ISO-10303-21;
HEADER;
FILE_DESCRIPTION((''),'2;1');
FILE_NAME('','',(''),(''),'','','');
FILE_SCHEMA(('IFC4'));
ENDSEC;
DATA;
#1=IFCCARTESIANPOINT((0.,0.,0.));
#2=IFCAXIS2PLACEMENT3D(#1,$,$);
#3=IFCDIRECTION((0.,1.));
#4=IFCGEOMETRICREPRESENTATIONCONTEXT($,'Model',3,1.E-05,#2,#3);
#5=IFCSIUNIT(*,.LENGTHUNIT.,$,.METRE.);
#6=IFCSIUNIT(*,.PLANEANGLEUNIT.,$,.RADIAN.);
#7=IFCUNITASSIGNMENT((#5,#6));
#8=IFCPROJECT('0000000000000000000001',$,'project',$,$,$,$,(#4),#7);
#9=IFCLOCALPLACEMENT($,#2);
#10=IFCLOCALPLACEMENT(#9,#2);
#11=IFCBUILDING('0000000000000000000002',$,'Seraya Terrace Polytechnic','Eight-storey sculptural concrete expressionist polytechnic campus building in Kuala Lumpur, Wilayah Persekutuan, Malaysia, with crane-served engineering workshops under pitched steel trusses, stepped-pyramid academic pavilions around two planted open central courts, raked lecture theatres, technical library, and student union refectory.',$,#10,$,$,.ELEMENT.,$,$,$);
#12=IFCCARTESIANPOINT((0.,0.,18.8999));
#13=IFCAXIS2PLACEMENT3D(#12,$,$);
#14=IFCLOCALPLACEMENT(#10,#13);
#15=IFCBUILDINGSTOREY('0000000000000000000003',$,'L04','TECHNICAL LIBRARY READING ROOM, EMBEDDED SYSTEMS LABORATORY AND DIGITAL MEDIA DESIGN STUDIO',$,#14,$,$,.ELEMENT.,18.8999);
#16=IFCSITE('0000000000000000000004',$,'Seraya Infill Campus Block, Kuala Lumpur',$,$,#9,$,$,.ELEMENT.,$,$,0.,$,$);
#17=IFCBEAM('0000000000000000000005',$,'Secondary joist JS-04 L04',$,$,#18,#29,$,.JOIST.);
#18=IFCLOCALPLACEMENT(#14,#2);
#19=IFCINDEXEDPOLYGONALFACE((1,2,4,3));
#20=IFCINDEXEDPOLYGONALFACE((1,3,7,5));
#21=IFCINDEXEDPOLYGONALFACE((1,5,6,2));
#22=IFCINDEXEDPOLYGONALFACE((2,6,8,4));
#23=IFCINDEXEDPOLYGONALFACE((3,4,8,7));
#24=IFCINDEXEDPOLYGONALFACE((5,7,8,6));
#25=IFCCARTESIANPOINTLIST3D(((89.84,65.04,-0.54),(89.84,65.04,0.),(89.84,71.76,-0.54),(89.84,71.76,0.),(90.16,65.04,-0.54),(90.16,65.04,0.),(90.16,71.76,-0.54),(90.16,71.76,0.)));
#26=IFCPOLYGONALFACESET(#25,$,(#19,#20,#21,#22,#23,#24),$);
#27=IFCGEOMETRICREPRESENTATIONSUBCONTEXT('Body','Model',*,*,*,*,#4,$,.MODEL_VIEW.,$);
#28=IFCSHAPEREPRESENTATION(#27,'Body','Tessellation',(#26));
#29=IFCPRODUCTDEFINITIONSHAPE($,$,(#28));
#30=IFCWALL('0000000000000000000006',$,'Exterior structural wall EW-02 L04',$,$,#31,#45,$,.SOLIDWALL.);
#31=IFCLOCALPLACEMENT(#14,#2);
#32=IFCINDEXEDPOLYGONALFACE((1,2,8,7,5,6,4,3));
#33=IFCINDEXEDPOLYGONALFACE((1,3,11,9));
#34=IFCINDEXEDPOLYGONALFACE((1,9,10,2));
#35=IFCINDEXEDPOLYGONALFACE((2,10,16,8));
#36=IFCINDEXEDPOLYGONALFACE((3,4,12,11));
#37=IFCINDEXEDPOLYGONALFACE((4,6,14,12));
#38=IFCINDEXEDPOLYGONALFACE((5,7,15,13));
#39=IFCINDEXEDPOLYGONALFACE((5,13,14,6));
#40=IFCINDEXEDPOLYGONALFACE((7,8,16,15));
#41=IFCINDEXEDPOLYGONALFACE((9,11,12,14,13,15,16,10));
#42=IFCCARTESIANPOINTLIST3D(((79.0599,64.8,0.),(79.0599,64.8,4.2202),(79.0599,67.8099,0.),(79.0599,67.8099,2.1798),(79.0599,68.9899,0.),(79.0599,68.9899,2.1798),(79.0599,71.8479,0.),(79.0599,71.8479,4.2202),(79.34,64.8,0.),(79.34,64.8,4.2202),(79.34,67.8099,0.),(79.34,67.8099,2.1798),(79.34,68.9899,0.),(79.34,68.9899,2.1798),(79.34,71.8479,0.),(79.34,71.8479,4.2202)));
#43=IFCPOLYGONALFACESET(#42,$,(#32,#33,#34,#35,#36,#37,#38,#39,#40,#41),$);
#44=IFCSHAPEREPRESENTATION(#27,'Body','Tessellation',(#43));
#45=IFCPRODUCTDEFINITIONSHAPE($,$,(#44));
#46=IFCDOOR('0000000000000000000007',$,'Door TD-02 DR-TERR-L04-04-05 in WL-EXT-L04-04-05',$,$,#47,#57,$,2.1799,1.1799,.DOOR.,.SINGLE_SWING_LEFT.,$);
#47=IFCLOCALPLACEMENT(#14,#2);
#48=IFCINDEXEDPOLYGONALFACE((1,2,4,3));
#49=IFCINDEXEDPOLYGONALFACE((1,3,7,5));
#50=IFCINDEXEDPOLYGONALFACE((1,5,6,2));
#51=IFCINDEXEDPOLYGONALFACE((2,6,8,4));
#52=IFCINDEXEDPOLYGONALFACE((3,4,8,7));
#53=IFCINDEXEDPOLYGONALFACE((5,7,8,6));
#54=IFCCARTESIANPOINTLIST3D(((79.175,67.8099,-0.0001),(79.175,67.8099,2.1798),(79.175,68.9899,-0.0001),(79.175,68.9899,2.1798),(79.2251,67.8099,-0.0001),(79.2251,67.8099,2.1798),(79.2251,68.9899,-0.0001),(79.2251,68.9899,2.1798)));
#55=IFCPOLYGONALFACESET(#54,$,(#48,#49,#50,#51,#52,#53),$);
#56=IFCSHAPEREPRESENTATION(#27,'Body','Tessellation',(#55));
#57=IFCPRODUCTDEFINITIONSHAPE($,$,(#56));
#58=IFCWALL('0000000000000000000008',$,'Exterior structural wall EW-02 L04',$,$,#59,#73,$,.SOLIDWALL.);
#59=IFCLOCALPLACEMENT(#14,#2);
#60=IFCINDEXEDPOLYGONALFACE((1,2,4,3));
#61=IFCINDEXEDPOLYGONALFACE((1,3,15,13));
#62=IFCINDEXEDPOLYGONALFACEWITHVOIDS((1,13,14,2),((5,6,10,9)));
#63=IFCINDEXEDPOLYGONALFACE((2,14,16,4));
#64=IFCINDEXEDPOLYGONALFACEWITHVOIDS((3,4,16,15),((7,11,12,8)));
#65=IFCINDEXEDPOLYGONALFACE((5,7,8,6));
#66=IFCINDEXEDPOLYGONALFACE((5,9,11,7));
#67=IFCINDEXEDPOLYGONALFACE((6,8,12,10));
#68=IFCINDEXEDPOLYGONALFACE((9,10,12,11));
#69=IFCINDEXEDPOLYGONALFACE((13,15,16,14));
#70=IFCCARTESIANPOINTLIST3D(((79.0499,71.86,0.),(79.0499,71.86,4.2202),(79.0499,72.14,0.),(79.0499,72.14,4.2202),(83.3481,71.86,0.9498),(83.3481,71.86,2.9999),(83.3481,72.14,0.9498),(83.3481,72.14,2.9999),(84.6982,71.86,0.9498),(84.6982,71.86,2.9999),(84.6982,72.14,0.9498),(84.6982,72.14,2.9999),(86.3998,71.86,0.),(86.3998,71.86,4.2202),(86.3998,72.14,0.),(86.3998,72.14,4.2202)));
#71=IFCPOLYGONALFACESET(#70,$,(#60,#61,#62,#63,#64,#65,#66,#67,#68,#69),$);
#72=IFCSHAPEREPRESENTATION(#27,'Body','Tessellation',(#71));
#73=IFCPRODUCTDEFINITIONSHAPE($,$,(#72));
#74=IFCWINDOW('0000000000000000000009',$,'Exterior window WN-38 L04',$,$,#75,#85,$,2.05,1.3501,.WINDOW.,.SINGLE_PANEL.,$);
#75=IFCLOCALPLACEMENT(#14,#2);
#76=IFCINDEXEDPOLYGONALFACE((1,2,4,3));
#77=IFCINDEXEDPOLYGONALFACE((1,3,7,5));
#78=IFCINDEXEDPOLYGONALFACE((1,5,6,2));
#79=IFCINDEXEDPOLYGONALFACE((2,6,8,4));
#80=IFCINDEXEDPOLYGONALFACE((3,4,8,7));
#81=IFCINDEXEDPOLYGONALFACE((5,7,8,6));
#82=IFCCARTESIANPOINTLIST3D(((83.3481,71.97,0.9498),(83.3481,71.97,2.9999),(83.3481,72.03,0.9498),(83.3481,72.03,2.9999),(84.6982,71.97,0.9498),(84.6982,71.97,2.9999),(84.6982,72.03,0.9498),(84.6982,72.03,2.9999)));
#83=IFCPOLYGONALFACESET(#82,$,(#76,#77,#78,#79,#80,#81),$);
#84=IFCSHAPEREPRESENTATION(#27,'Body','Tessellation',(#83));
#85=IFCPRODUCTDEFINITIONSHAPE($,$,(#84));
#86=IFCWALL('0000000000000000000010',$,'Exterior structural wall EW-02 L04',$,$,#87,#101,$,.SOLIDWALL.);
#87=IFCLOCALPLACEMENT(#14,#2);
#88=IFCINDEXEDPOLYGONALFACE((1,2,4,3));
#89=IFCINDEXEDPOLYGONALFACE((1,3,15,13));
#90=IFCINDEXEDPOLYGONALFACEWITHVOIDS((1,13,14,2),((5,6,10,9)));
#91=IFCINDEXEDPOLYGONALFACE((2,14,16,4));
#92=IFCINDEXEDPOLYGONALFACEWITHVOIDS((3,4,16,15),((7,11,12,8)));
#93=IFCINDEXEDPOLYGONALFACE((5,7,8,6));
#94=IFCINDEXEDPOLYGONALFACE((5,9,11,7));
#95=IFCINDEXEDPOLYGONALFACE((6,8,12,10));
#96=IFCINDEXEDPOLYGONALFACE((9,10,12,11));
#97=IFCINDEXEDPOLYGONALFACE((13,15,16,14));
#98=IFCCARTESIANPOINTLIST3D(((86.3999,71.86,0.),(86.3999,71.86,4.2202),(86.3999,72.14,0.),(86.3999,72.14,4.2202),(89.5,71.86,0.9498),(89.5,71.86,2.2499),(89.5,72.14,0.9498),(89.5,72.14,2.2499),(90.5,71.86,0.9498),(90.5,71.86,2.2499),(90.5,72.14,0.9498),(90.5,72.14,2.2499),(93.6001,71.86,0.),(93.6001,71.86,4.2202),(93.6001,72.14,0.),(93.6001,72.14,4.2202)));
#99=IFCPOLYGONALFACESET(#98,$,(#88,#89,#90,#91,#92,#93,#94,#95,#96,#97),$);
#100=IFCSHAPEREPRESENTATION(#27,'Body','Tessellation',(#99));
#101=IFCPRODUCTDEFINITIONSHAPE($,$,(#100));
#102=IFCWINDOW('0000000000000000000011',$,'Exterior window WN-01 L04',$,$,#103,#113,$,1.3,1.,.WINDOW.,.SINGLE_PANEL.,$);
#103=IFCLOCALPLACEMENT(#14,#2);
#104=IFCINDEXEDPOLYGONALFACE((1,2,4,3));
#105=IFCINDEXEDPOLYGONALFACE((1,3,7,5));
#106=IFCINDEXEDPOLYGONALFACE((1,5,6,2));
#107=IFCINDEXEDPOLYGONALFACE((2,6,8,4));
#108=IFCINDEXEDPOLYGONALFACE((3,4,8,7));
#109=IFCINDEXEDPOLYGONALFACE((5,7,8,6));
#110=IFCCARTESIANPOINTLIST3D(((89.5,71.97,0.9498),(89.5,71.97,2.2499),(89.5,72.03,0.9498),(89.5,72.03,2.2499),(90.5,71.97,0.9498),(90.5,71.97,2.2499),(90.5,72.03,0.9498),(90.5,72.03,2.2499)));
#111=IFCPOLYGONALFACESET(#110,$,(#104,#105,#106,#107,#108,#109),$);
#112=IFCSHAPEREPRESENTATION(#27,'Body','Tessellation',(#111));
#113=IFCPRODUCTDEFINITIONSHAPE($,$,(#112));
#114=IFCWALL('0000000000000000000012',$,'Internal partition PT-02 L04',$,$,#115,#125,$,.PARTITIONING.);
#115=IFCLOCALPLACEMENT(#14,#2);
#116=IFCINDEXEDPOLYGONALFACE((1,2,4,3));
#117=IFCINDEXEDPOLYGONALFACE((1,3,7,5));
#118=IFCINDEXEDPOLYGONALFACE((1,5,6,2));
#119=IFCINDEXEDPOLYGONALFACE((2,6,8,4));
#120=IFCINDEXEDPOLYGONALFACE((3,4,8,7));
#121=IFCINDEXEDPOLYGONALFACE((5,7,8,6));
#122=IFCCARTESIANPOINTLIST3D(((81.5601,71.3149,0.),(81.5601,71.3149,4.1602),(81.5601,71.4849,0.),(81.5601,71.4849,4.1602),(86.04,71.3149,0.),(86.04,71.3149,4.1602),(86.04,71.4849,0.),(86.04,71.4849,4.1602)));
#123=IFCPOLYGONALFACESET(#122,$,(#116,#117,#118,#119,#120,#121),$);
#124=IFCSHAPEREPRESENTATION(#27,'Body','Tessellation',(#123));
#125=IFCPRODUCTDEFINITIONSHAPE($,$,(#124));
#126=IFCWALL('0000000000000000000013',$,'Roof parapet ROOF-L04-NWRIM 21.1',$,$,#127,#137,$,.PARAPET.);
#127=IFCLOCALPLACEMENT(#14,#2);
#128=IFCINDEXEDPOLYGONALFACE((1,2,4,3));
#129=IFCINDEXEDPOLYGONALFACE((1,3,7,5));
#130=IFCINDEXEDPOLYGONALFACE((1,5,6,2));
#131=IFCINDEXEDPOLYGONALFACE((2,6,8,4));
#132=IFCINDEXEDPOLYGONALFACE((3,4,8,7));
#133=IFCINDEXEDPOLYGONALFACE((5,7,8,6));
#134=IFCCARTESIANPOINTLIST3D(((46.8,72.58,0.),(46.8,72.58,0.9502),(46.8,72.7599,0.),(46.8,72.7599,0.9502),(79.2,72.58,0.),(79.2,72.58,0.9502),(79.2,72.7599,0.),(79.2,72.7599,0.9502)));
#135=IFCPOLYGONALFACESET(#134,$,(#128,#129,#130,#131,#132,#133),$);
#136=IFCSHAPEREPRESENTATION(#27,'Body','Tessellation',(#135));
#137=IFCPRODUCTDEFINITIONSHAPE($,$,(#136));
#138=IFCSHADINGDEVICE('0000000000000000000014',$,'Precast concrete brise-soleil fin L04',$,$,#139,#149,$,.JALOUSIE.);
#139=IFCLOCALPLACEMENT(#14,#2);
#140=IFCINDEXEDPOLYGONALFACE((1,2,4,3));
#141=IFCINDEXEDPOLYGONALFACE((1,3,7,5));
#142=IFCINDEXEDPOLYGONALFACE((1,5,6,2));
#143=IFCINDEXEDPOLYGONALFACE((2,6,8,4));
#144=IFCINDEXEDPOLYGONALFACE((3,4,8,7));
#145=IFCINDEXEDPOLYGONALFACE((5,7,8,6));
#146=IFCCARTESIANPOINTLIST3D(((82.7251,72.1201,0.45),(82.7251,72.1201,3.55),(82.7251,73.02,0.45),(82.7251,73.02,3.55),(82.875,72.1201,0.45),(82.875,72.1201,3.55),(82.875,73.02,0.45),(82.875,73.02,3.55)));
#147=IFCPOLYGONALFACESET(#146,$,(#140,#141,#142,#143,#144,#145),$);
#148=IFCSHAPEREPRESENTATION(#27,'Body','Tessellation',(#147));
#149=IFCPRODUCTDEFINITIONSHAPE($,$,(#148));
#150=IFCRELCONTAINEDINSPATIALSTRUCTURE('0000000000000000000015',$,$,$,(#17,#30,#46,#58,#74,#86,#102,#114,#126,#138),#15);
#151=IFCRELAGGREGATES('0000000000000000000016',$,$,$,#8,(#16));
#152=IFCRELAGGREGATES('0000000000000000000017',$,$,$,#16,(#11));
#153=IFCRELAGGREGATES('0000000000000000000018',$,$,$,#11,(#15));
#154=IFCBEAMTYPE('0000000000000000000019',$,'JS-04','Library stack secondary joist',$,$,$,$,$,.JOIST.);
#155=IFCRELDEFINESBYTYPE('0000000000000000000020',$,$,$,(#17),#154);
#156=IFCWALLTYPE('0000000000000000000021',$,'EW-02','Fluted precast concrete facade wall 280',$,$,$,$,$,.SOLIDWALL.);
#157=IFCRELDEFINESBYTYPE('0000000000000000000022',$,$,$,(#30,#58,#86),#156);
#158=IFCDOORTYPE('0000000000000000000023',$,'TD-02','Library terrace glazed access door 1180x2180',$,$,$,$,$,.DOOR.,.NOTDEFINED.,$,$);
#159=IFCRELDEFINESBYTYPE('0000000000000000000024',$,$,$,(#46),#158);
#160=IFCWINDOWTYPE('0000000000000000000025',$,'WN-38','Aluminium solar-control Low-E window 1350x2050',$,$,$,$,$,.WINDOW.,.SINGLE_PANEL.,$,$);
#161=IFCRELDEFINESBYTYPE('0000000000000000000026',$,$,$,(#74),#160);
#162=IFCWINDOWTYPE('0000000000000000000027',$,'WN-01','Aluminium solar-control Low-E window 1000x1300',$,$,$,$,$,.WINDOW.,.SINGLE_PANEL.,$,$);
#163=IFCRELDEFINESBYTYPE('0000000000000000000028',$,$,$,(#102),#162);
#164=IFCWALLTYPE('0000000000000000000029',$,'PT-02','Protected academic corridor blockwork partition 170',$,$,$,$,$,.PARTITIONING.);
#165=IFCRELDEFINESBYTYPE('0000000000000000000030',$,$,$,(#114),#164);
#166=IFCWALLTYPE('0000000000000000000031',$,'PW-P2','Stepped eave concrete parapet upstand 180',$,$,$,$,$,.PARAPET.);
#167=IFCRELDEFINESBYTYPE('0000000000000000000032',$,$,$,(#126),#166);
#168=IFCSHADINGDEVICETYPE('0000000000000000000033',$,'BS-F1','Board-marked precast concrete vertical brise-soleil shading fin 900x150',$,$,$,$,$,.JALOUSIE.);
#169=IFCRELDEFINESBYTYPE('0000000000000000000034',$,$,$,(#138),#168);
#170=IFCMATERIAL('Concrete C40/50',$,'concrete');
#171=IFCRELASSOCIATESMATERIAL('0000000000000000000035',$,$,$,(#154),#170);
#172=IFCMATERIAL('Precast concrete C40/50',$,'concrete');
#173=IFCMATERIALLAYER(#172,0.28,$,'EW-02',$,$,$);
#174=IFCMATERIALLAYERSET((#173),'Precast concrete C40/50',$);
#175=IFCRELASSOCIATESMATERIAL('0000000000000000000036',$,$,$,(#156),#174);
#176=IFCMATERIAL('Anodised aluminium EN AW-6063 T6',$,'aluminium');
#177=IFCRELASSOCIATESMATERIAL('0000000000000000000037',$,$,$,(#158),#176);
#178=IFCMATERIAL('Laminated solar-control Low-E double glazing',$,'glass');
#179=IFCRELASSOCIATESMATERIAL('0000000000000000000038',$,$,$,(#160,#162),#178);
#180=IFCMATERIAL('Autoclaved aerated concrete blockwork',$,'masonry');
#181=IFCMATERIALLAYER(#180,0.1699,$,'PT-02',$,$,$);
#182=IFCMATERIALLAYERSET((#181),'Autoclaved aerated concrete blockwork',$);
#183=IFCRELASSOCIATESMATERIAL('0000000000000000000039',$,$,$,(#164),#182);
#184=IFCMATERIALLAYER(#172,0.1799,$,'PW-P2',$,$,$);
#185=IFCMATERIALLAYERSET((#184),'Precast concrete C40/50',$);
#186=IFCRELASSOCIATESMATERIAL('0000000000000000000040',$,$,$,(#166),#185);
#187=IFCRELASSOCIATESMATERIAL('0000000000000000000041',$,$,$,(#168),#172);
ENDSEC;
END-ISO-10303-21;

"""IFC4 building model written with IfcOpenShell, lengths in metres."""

from ifc_helpers import new_model, si_unit, direction, frame, frame_2d, origin, origin_2d, place, context, subcontext, project, spatial, rectangle, extrude, material, layer, layer_set, material_profile, profile_set, type_object, element, fill, save


model = new_model("IFC4")

# Units and contexts
model_context = context("Model", 3, precision=1e-05, world=origin(), true_north=direction((0.0, 1.0)))
body_context = subcontext(model_context, "Body", "Model", "MODEL_VIEW")
ifc_project = project(units=[si_unit("LENGTHUNIT", "METRE"), si_unit("PLANEANGLEUNIT", "RADIAN")], contexts=[model_context])

# Site, building, storey
site_placement = place(None, origin())
site = spatial("IfcSite", under=ifc_project, at=site_placement, Name="Seraya Infill Campus Block, Kuala Lumpur", CompositionType="ELEMENT", RefElevation=0.0)
building_placement = place(site_placement, origin())
building = spatial("IfcBuilding", under=site, at=building_placement, Name="Seraya Terrace Polytechnic", Description="Eight-storey sculptural concrete expressionist polytechnic campus building in Kuala Lumpur, Wilayah Persekutuan, Malaysia, with crane-served engineering workshops under pitched steel trusses, stepped-pyramid academic pavilions around two planted open central courts, raked lecture theatres, technical library, and student union refectory.", CompositionType="ELEMENT")
storey_placement = place(building_placement, frame((0.0, 0.0, 18.8999)))
storey = spatial("IfcBuildingStorey", under=building, at=storey_placement, Name="L04", Description="TECHNICAL LIBRARY READING ROOM, EMBEDDED SYSTEMS LABORATORY AND DIGITAL MEDIA DESIGN STUDIO", CompositionType="ELEMENT", Elevation=18.8999)

# Shared definitions
ifc_material_1 = material(Name="Concrete C40/50", Category="concrete")

# Beam
ifc_material_profile_1 = material_profile(ifc_material_1, rectangle(XDim=0.3201, YDim=0.54, at=origin_2d()), Name="RC 320x540")
ifc_profile_set_1 = profile_set([ifc_material_profile_1], Name="Concrete C40/50")
beam_type_1 = type_object("IfcBeamType", Name="JS-04", Description="Library stack secondary joist", PredefinedType="JOIST", material=ifc_profile_set_1)
beam_1_placement = place(storey_placement, frame((90.0, 65.04, -0.27), z_axis=(0.0, 1.0, 0.0), x_axis=(-1.0, 0.0, 0.0)))
element("IfcBeam", 1, at=beam_1_placement, inside=storey, type_object=beam_type_1, Name="Secondary joist JS-04 L04", PredefinedType="JOIST", context=body_context, shape_type="SweptSolid", body=[
    extrude(rectangle(XDim=0.3201, YDim=0.54, at=origin_2d()), origin(), (0.0, 0.0, 1.0), 6.72),
])

# Wall, opening, door
ifc_material_2 = material(Name="Precast concrete C40/50", Category="concrete")
ifc_layer_1 = layer(ifc_material_2, 0.28, Name="EW-02")
ifc_layer_set_1 = layer_set([ifc_layer_1], Name="Precast concrete C40/50")
wall_type_1 = type_object("IfcWallType", Name="EW-02", Description="Fluted precast concrete facade wall 280", PredefinedType="SOLIDWALL", material=ifc_layer_set_1)
wall_1_placement = place(storey_placement, frame((79.2, 64.8, 0.0), z_axis=(0.0, 0.0, 1.0), x_axis=(0.0, 1.0, 0.0)))
wall_1 = element("IfcWall", 2, at=wall_1_placement, inside=storey, type_object=wall_type_1, Name="Exterior structural wall EW-02 L04", PredefinedType="SOLIDWALL", context=body_context, shape_type="SweptSolid", body=[
    extrude(rectangle(XDim=7.0479, YDim=0.28, at=frame_2d((3.5239, 0.0))), origin(), (0.0, 0.0, 1.0), 4.2202),
])
opening_1_placement = place(wall_1_placement, frame((3.01, 0.0, 0.0)))
opening_1 = element("IfcOpeningElement", 3, at=opening_1_placement, cuts=wall_1, PredefinedType="OPENING", context=body_context, shape_type="SweptSolid", body=[
    extrude(rectangle(XDim=1.1799, YDim=2.1799, at=frame_2d((0.5898, 1.0898))), frame((0.0, 0.1519, 0.0), z_axis=(0.0, -1.0, 0.0), x_axis=(1.0, 0.0, 0.0)), (0.0, 0.0, 1.0), 0.304),
])
ifc_material_3 = material(Name="Anodised aluminium EN AW-6063 T6", Category="aluminium")
door_type = type_object("IfcDoorType", Name="TD-02", Description="Library terrace glazed access door 1180x2180", OperationType="NOTDEFINED", PredefinedType="DOOR", material=ifc_material_3)
door_placement = place(opening_1_placement, origin())
door = element("IfcDoor", 4, at=door_placement, inside=storey, type_object=door_type, Name="Door TD-02 DR-TERR-L04-04-05 in WL-EXT-L04-04-05", OperationType="SINGLE_SWING_LEFT", OverallHeight=2.1799, OverallWidth=1.1799, PredefinedType="DOOR", context=body_context, shape_type="SweptSolid", body=[
    extrude(rectangle(XDim=1.1799, YDim=2.1799, at=frame_2d((0.5898, 1.0898))), frame((0.0, 0.0249, 0.0), z_axis=(0.0, -1.0, 0.0), x_axis=(1.0, 0.0, 0.0)), (0.0, 0.0, 1.0), 0.05),
])
fill(opening_1, door)

# Walls, openings, windows
wall_2_placement = place(storey_placement, frame((79.05, 72.0, 0.0), z_axis=(0.0, 0.0, 1.0), x_axis=(1.0, 0.0, 0.0)))
wall_2 = element("IfcWall", 5, at=wall_2_placement, inside=storey, type_object=wall_type_1, Name="Exterior structural wall EW-02 L04", PredefinedType="SOLIDWALL", context=body_context, shape_type="SweptSolid", body=[
    extrude(rectangle(XDim=7.3499, YDim=0.28, at=frame_2d((3.6748, 0.0))), origin(), (0.0, 0.0, 1.0), 4.2202),
])
opening_2_placement = place(wall_2_placement, frame((4.2981, 0.0, 0.95)))
opening_2 = element("IfcOpeningElement", 6, at=opening_2_placement, cuts=wall_2, PredefinedType="OPENING", context=body_context, shape_type="SweptSolid", body=[
    extrude(rectangle(XDim=1.3501, YDim=2.05, at=frame_2d((0.675, 1.0249))), frame((0.0, 0.1519, 0.0), z_axis=(0.0, -1.0, 0.0), x_axis=(1.0, 0.0, 0.0)), (0.0, 0.0, 1.0), 0.304),
])
ifc_material_4 = material(Name="Laminated solar-control Low-E double glazing", Category="glass")
window_type_1 = type_object("IfcWindowType", Name="WN-38", Description="Aluminium solar-control Low-E window 1350x2050", PartitioningType="SINGLE_PANEL", PredefinedType="WINDOW", material=ifc_material_4)
window_1_placement = place(opening_2_placement, origin())
window_1 = element("IfcWindow", 7, at=window_1_placement, inside=storey, type_object=window_type_1, Name="Exterior window WN-38 L04", OverallHeight=2.05, OverallWidth=1.3501, PartitioningType="SINGLE_PANEL", PredefinedType="WINDOW", context=body_context, shape_type="SweptSolid", body=[
    extrude(rectangle(XDim=1.3501, YDim=2.05, at=frame_2d((0.675, 1.0249))), frame((0.0, 0.03, 0.0), z_axis=(0.0, -1.0, 0.0), x_axis=(1.0, 0.0, 0.0)), (0.0, 0.0, 1.0), 0.0601),
])
fill(opening_2, window_1)
wall_3_placement = place(storey_placement, frame((86.3999, 72.0, 0.0), z_axis=(0.0, 0.0, 1.0), x_axis=(1.0, 0.0, 0.0)))
wall_3 = element("IfcWall", 8, at=wall_3_placement, inside=storey, type_object=wall_type_1, Name="Exterior structural wall EW-02 L04", PredefinedType="SOLIDWALL", context=body_context, shape_type="SweptSolid", body=[
    extrude(rectangle(XDim=7.2002, YDim=0.28, at=frame_2d((3.6001, 0.0))), origin(), (0.0, 0.0, 1.0), 4.2202),
])
opening_3_placement = place(wall_3_placement, frame((3.1001, 0.0, 0.95)))
opening_3 = element("IfcOpeningElement", 9, at=opening_3_placement, cuts=wall_3, PredefinedType="OPENING", context=body_context, shape_type="SweptSolid", body=[
    extrude(rectangle(XDim=1.0, YDim=1.3, at=frame_2d((0.5, 0.6499))), frame((0.0, 0.1519, 0.0), z_axis=(0.0, -1.0, 0.0), x_axis=(1.0, 0.0, 0.0)), (0.0, 0.0, 1.0), 0.304),
])
window_type_2 = type_object("IfcWindowType", Name="WN-01", Description="Aluminium solar-control Low-E window 1000x1300", PartitioningType="SINGLE_PANEL", PredefinedType="WINDOW", material=ifc_material_4)
window_2_placement = place(opening_3_placement, origin())
window_2 = element("IfcWindow", 10, at=window_2_placement, inside=storey, type_object=window_type_2, Name="Exterior window WN-01 L04", OverallHeight=1.3, OverallWidth=1.0, PartitioningType="SINGLE_PANEL", PredefinedType="WINDOW", context=body_context, shape_type="SweptSolid", body=[
    extrude(rectangle(XDim=1.0, YDim=1.3, at=frame_2d((0.5, 0.6499))), frame((0.0, 0.03, 0.0), z_axis=(0.0, -1.0, 0.0), x_axis=(1.0, 0.0, 0.0)), (0.0, 0.0, 1.0), 0.0601),
])
fill(opening_3, window_2)

# Walls
ifc_material_5 = material(Name="Autoclaved aerated concrete blockwork", Category="masonry")
ifc_layer_2 = layer(ifc_material_5, 0.1699, Name="PT-02")
ifc_layer_set_2 = layer_set([ifc_layer_2], Name="Autoclaved aerated concrete blockwork")
wall_type_2 = type_object("IfcWallType", Name="PT-02", Description="Protected academic corridor blockwork partition 170", PredefinedType="PARTITIONING", material=ifc_layer_set_2)
wall_4_placement = place(storey_placement, frame((81.5601, 71.3999, 0.0), z_axis=(0.0, 0.0, 1.0), x_axis=(1.0, 0.0, 0.0)))
element("IfcWall", 11, at=wall_4_placement, inside=storey, type_object=wall_type_2, Name="Internal partition PT-02 L04", PredefinedType="PARTITIONING", context=body_context, shape_type="SweptSolid", body=[
    extrude(rectangle(XDim=4.48, YDim=0.1699, at=frame_2d((2.24, 0.0))), origin(), (0.0, 0.0, 1.0), 4.1602),
])
ifc_layer_3 = layer(ifc_material_2, 0.1799, Name="PW-P2")
ifc_layer_set_3 = layer_set([ifc_layer_3], Name="Precast concrete C40/50")
wall_type_3 = type_object("IfcWallType", Name="PW-P2", Description="Stepped eave concrete parapet upstand 180", PredefinedType="PARAPET", material=ifc_layer_set_3)
wall_5_placement = place(storey_placement, frame((79.2, 72.6699, 0.0), z_axis=(0.0, 0.0, 1.0), x_axis=(-1.0, 0.0, 0.0)))
element("IfcWall", 12, at=wall_5_placement, inside=storey, type_object=wall_type_3, Name="Roof parapet ROOF-L04-NWRIM 21.1", PredefinedType="PARAPET", context=body_context, shape_type="SweptSolid", body=[
    extrude(rectangle(XDim=32.3999, YDim=0.1799, at=frame_2d((16.2, 0.0))), origin(), (0.0, 0.0, 1.0), 0.9502),
])

# Shading device
shading_device_type = type_object("IfcShadingDeviceType", Name="BS-F1", Description="Board-marked precast concrete vertical brise-soleil shading fin 900x150", PredefinedType="JALOUSIE", material=ifc_material_2)
shading_device_placement = place(storey_placement, frame((82.8, 72.5701, 0.45), z_axis=(0.0, 0.0, 1.0), x_axis=(0.0, 1.0, 0.0)))
element("IfcShadingDevice", 13, at=shading_device_placement, inside=storey, type_object=shading_device_type, Name="Precast concrete brise-soleil fin L04", PredefinedType="JALOUSIE", context=body_context, shape_type="SweptSolid", body=[
    extrude(rectangle(XDim=0.8999, YDim=0.1499, at=origin_2d()), origin(), (0.0, 0.0, 1.0), 3.1001),
])

save(model, "model.ifc")
